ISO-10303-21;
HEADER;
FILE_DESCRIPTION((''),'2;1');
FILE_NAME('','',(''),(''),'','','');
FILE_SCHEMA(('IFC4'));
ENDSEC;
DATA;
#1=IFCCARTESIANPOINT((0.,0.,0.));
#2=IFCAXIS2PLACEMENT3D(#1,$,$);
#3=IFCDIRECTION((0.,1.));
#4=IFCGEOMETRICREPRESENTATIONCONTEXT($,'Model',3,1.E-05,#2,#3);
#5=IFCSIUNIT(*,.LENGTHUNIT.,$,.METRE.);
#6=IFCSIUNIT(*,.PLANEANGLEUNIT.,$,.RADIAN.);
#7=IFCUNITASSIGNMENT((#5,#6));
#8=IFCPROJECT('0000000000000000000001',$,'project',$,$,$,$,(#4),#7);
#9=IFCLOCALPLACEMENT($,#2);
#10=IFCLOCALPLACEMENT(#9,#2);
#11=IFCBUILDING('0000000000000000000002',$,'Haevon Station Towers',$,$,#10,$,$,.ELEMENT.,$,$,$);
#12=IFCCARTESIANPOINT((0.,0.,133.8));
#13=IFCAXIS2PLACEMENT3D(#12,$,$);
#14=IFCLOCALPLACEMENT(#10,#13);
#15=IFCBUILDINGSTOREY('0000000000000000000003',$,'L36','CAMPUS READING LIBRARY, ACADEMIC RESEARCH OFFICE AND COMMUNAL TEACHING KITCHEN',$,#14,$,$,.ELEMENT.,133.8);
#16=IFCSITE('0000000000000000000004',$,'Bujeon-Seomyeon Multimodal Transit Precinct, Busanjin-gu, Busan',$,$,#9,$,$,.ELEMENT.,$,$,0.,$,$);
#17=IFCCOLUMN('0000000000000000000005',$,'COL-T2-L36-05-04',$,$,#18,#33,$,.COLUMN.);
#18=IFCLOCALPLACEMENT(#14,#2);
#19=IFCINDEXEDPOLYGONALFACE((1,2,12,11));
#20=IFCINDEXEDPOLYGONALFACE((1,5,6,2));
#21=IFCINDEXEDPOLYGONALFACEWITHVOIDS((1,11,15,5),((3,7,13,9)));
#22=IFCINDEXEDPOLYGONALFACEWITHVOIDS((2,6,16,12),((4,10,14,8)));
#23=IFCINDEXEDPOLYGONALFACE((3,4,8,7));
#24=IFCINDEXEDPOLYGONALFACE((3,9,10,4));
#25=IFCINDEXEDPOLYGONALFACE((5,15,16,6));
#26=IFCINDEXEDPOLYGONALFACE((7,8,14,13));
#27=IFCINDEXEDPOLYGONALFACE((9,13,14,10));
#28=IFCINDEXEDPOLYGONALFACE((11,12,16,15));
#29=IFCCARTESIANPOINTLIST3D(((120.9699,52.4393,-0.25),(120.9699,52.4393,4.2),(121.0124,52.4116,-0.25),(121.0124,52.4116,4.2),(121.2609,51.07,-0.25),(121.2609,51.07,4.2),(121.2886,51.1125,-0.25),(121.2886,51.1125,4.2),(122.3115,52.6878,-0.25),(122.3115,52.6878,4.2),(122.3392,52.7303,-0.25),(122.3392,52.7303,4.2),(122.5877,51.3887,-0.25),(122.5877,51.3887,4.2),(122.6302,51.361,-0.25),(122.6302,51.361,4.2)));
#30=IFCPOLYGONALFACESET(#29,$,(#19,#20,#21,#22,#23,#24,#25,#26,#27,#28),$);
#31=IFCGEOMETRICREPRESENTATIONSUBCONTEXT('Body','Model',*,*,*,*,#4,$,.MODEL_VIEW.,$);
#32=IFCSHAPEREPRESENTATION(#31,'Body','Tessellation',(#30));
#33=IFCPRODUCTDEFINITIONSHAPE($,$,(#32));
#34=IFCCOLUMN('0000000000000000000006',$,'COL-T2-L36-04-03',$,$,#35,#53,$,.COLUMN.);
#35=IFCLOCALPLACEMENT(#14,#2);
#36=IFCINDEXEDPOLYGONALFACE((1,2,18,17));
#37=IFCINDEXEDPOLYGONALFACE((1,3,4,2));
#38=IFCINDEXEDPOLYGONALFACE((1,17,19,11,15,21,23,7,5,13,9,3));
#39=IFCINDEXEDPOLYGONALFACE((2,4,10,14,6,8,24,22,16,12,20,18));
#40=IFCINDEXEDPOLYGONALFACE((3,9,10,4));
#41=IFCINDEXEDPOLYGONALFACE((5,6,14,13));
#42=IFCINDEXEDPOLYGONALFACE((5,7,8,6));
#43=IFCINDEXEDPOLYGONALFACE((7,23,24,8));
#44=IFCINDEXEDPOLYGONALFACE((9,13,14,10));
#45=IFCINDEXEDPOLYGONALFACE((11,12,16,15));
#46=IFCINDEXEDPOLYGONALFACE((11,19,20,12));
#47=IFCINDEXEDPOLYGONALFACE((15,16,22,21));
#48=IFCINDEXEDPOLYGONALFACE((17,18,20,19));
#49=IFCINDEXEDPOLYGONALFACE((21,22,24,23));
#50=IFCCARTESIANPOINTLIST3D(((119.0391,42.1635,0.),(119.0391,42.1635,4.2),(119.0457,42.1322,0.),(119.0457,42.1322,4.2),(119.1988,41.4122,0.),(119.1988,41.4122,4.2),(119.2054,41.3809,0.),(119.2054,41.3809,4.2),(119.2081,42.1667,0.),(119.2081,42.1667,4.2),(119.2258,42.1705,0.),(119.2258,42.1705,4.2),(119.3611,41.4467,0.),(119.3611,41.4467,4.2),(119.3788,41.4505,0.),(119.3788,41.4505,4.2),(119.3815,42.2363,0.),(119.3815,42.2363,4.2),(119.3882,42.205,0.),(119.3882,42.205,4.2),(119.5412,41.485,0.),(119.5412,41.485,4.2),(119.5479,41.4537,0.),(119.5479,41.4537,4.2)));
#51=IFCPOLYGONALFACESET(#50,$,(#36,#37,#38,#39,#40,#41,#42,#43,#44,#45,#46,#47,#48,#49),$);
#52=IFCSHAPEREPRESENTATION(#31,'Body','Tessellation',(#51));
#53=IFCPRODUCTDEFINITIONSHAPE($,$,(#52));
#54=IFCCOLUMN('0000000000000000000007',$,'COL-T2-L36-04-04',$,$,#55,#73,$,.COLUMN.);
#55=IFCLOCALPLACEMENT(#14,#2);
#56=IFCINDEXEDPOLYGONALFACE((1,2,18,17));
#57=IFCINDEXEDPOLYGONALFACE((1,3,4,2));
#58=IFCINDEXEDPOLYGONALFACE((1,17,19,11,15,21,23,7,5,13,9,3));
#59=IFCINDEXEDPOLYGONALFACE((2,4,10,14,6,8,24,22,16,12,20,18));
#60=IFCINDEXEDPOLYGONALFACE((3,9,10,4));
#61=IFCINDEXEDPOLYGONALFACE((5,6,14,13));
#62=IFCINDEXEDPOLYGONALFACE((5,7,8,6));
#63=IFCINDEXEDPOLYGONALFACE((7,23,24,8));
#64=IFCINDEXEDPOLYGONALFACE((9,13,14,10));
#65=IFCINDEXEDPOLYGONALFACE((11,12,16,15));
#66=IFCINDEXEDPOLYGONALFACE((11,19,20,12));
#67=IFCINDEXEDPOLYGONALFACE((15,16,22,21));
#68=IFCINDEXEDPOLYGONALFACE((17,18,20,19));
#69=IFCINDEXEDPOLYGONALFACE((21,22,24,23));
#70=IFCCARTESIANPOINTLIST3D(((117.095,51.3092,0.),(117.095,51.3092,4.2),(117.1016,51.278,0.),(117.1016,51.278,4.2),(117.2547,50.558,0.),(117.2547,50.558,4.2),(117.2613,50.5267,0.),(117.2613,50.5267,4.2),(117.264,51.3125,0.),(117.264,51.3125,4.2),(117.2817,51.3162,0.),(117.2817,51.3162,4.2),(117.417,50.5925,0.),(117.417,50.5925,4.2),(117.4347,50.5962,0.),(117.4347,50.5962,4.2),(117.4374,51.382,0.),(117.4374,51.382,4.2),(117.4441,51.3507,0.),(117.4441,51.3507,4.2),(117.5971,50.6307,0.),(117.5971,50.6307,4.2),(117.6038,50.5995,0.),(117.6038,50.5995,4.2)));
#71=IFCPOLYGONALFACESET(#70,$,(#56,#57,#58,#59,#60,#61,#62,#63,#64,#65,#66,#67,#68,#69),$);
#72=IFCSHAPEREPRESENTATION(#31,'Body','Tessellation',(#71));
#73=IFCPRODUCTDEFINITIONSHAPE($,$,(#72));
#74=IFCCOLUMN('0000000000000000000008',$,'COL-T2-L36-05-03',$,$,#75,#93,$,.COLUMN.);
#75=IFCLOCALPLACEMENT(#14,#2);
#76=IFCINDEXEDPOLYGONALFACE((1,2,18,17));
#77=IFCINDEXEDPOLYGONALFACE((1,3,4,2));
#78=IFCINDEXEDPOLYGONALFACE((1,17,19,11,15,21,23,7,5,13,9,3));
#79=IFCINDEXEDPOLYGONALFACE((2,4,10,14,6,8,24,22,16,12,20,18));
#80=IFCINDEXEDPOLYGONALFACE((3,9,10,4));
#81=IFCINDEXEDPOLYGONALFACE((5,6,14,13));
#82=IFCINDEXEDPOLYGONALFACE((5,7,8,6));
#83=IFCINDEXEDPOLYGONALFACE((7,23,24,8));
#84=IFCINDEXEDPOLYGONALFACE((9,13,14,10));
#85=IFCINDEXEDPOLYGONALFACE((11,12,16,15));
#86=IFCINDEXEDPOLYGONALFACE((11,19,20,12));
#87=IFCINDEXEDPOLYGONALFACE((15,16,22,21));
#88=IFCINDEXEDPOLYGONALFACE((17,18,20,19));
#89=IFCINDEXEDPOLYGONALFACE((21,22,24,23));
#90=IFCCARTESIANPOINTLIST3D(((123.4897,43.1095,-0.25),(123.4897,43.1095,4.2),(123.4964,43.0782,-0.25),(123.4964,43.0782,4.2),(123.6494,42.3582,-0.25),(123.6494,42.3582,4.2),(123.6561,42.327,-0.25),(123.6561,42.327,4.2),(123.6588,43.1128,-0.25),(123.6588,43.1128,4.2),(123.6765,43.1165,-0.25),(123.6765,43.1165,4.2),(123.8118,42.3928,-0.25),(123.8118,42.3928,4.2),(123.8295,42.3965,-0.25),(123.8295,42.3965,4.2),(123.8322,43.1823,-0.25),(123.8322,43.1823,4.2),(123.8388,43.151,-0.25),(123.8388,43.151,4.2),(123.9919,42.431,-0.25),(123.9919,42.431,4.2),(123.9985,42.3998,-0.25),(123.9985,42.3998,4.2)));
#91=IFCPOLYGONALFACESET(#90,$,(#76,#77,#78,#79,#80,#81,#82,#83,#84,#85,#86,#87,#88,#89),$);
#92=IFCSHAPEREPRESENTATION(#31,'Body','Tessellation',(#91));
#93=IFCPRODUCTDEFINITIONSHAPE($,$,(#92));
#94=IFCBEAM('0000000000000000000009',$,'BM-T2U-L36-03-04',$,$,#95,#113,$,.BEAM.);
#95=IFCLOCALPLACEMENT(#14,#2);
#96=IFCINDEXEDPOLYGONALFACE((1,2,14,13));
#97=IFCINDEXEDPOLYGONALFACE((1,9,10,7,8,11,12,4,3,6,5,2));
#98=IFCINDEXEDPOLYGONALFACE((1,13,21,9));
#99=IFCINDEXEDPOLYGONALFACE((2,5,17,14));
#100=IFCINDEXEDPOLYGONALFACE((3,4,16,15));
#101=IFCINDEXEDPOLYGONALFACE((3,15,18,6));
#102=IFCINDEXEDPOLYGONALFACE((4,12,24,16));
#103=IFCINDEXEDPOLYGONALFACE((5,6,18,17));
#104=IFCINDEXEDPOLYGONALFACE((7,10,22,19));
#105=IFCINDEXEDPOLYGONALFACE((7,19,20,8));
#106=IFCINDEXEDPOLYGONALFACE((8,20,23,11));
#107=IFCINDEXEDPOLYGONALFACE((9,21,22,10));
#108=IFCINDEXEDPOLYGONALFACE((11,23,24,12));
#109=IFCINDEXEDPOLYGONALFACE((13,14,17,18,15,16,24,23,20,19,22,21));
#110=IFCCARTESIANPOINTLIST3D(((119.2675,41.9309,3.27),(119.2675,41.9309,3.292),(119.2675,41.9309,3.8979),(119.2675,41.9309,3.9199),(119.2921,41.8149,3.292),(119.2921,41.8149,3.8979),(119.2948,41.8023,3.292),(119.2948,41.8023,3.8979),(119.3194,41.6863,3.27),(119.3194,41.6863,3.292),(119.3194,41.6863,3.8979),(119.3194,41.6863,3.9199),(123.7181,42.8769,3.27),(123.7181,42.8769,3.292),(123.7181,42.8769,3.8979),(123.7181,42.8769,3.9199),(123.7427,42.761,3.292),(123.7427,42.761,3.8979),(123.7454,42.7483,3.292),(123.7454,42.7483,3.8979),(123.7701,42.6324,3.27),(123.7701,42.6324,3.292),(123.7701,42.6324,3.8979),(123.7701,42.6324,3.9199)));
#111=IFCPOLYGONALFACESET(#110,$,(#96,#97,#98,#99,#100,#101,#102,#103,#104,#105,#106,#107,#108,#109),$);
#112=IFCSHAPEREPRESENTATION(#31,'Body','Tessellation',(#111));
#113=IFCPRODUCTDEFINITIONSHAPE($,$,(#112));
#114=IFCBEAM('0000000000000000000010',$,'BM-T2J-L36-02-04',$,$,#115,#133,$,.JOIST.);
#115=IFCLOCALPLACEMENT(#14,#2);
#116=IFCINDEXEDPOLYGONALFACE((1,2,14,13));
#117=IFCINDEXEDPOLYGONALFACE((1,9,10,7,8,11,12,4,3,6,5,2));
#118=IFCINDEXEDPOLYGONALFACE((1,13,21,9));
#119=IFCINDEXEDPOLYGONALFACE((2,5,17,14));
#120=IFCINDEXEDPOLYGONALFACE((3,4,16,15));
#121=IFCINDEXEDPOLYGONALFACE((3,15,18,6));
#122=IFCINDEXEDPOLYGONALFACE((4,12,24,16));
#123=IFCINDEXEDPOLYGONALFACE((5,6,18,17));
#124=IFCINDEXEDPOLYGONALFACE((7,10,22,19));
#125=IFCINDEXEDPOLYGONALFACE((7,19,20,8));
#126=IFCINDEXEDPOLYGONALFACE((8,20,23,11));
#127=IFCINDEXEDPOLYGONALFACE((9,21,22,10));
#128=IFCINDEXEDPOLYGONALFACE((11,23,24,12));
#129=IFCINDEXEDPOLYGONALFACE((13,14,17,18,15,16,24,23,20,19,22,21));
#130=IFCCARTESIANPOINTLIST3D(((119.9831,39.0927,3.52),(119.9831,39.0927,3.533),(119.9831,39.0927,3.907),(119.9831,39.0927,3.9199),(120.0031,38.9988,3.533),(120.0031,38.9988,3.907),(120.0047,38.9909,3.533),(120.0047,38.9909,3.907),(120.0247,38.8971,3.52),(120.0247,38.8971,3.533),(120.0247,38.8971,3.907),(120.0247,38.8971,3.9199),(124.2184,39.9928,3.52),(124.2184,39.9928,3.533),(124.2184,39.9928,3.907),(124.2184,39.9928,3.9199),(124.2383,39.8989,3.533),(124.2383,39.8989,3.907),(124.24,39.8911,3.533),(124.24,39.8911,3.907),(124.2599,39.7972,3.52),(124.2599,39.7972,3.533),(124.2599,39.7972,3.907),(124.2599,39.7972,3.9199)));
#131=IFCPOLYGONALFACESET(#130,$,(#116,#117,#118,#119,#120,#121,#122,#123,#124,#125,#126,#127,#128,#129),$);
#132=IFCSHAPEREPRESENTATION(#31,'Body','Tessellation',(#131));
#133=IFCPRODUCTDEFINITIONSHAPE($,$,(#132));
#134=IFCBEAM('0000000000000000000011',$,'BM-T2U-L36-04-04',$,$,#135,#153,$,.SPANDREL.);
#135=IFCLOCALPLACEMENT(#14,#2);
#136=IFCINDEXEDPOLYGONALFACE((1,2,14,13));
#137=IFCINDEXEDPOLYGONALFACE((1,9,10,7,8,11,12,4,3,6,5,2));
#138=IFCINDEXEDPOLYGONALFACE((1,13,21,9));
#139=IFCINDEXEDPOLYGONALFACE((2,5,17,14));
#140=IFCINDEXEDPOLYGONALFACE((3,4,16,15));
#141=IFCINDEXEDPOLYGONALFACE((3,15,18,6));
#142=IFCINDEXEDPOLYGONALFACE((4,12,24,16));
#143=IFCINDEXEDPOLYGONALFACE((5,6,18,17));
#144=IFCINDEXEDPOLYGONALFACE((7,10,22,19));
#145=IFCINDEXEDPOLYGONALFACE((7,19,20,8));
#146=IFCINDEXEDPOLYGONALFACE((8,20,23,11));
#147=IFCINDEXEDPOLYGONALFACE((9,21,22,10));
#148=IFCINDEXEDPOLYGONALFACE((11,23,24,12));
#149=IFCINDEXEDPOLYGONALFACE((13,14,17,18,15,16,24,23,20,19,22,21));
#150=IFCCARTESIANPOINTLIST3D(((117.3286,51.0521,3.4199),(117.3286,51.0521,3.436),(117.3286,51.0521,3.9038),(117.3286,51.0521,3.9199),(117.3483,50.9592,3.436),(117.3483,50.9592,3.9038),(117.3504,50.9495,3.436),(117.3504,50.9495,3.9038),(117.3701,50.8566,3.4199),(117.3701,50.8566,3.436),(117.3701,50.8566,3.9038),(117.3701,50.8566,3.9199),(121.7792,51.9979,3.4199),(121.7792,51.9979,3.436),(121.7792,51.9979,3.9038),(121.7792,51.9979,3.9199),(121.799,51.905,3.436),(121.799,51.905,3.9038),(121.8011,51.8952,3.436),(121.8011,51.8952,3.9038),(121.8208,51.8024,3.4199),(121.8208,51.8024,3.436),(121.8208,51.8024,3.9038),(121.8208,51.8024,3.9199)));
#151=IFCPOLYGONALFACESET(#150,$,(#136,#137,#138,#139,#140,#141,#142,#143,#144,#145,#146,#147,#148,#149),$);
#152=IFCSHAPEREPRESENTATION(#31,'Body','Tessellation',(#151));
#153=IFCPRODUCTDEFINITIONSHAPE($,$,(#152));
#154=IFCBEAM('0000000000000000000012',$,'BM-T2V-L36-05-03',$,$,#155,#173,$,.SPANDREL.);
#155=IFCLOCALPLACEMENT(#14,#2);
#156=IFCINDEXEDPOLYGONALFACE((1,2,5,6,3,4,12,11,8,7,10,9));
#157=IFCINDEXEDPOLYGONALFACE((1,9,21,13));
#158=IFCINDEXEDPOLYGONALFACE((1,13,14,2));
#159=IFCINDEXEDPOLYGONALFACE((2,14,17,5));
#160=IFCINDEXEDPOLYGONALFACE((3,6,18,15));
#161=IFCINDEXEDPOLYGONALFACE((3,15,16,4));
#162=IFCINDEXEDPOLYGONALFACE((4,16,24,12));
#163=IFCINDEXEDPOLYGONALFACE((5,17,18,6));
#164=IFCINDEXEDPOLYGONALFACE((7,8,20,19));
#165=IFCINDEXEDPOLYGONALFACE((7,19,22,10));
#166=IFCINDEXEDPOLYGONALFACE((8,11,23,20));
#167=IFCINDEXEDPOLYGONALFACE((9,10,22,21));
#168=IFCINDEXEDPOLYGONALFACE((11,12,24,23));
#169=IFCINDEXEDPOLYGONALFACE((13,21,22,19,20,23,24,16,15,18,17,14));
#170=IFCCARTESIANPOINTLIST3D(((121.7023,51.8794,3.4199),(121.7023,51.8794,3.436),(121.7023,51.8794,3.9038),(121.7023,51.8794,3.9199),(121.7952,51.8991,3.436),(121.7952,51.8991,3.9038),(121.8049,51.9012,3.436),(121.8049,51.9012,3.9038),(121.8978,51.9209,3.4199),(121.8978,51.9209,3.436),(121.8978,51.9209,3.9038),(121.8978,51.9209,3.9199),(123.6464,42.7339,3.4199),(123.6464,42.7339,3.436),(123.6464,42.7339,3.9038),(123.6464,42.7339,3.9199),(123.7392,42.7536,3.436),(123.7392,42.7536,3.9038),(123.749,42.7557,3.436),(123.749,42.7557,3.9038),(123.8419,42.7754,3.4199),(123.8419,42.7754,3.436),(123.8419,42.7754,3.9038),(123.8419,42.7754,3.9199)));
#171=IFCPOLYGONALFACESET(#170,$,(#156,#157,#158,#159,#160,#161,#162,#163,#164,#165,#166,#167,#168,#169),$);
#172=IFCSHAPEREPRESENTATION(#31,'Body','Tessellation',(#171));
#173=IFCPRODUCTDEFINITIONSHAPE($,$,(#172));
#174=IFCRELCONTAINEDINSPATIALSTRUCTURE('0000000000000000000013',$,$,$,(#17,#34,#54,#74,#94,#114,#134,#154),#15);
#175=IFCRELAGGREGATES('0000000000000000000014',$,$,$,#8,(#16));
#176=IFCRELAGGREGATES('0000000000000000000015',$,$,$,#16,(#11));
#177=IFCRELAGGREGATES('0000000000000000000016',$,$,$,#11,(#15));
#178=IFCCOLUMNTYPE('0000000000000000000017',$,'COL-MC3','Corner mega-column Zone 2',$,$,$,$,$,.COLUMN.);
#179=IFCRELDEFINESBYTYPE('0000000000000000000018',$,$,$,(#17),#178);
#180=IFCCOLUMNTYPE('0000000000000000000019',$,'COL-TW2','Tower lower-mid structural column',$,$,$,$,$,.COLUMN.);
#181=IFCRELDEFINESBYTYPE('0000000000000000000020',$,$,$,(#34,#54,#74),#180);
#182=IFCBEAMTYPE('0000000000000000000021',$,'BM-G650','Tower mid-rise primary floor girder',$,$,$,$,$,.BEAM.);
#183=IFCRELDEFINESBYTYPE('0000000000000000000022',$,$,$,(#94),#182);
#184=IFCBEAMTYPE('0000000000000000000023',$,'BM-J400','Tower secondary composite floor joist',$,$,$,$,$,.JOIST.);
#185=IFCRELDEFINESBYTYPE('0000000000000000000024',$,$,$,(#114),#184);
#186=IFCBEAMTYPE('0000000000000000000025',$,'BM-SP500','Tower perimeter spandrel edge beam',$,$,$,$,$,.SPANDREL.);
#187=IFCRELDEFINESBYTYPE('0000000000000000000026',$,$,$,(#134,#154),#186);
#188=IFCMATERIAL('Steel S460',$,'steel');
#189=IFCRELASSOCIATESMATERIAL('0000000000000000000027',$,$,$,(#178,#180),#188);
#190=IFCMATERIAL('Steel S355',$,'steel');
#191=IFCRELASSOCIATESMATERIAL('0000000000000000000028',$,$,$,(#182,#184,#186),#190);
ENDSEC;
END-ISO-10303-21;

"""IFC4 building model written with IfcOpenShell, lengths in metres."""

from ifc_helpers import new_model, si_unit, direction, frame, origin, origin_2d, place, context, subcontext, project, spatial, hollow_rectangle, i_section, extrude, material, material_profile, profile_set, type_object, element, save


model = new_model("IFC4")

# Units and contexts
model_context = context("Model", 3, precision=1e-05, world=origin(), true_north=direction((0.0, 1.0)))
body_context = subcontext(model_context, "Body", "Model", "MODEL_VIEW")
ifc_project = project(units=[si_unit("LENGTHUNIT", "METRE"), si_unit("PLANEANGLEUNIT", "RADIAN")], contexts=[model_context])

# Site, building, storey
site_placement = place(None, origin())
site = spatial("IfcSite", under=ifc_project, at=site_placement, Name="Bujeon-Seomyeon Multimodal Transit Precinct, Busanjin-gu, Busan", CompositionType="ELEMENT", RefElevation=0.0)
building_placement = place(site_placement, origin())
building = spatial("IfcBuilding", under=site, at=building_placement, Name="Haevon Station Towers", CompositionType="ELEMENT")
storey_placement = place(building_placement, frame((0.0, 0.0, 133.8)))
storey = spatial("IfcBuildingStorey", under=building, at=storey_placement, Name="L36", Description="CAMPUS READING LIBRARY, ACADEMIC RESEARCH OFFICE AND COMMUNAL TEACHING KITCHEN", CompositionType="ELEMENT", Elevation=133.8)

# Columns
ifc_material_1 = material(Name="Steel S460", Category="steel")
ifc_material_profile_1 = material_profile(ifc_material_1, hollow_rectangle(XDim=1.3999, YDim=1.3999, WallThickness=0.0359, at=origin_2d()), Name="BOX-1400x1400x36")
ifc_profile_set_1 = profile_set([ifc_material_profile_1], Name="Steel S460")
column_type_1 = type_object("IfcColumnType", Name="COL-MC3", Description="Corner mega-column Zone 2", PredefinedType="COLUMN", material=ifc_profile_set_1)
column_1_placement = place(storey_placement, frame((121.8, 51.9001, -0.25), z_axis=(0.0, 0.0, 1.0), x_axis=(0.978148, 0.207912, 0.0)))
element("IfcColumn", 1, at=column_1_placement, inside=storey, type_object=column_type_1, Name="COL-T2-L36-05-04", PredefinedType="COLUMN", context=body_context, shape_type="SweptSolid", body=[
    extrude(hollow_rectangle(XDim=1.3999, YDim=1.3999, WallThickness=0.0359, at=origin_2d()), origin(), (0.0, 0.0, 1.0), 4.45),
])
ifc_material_profile_2 = material_profile(ifc_material_1, i_section(OverallWidth=0.3501, OverallDepth=0.8, WebThickness=0.0181, FlangeThickness=0.032, at=origin_2d()), Name="H-800x350x18x32")
ifc_profile_set_2 = profile_set([ifc_material_profile_2], Name="Steel S460")
column_type_2 = type_object("IfcColumnType", Name="COL-TW2", Description="Tower lower-mid structural column", PredefinedType="COLUMN", material=ifc_profile_set_2)
for number, where, z_axis, x_axis, name in (
    (2, (119.2935, 41.8086, 0.0), (0.0, 0.0, 1.0), (0.978148, 0.207912, 0.0), "COL-T2-L36-04-03"),
    (3, (117.3494, 50.9543, 0.0), (0.0, 0.0, 1.0), (0.978148, 0.207912, 0.0), "COL-T2-L36-04-04"),
):
    element("IfcColumn", number, at=place(storey_placement, frame(where, z_axis=z_axis, x_axis=x_axis)), inside=storey, type_object=column_type_2, Name=name, PredefinedType="COLUMN", context=body_context, shape_type="SweptSolid", body=[
        extrude(i_section(OverallWidth=0.3501, OverallDepth=0.8, WebThickness=0.0181, FlangeThickness=0.032, at=origin_2d()), origin(), (0.0, 0.0, 1.0), 4.2),
    ])
column_2_placement = place(storey_placement, frame((123.7441, 42.7546, -0.25), z_axis=(0.0, 0.0, 1.0), x_axis=(0.978148, 0.207912, 0.0)))
element("IfcColumn", 4, at=column_2_placement, inside=storey, type_object=column_type_2, Name="COL-T2-L36-05-03", PredefinedType="COLUMN", context=body_context, shape_type="SweptSolid", body=[
    extrude(i_section(OverallWidth=0.3501, OverallDepth=0.8, WebThickness=0.0181, FlangeThickness=0.032, at=origin_2d()), origin(), (0.0, 0.0, 1.0), 4.45),
])

# Beams
ifc_material_2 = material(Name="Steel S355", Category="steel")
ifc_material_profile_3 = material_profile(ifc_material_2, i_section(OverallWidth=0.25, OverallDepth=0.6499, WebThickness=0.0129, FlangeThickness=0.022, at=origin_2d()), Name="H-650x250x13x22")
ifc_profile_set_3 = profile_set([ifc_material_profile_3], Name="Steel S355")
beam_type_1 = type_object("IfcBeamType", Name="BM-G650", Description="Tower mid-rise primary floor girder", PredefinedType="BEAM", material=ifc_profile_set_3)
beam_1_placement = place(storey_placement, frame((119.2935, 41.8086, 3.595), z_axis=(0.978147, 0.207917, 0.0), x_axis=(-0.207917, 0.978147, 0.0)))
element("IfcBeam", 5, at=beam_1_placement, inside=storey, type_object=beam_type_1, Name="BM-T2U-L36-03-04", PredefinedType="BEAM", context=body_context, shape_type="SweptSolid", body=[
    extrude(i_section(OverallWidth=0.25, OverallDepth=0.6499, WebThickness=0.0129, FlangeThickness=0.022, at=origin_2d()), origin(), (0.0, 0.0, 1.0), 4.55),
])
ifc_material_profile_4 = material_profile(ifc_material_2, i_section(OverallWidth=0.2, OverallDepth=0.3999, WebThickness=0.0081, FlangeThickness=0.0129, at=origin_2d()), Name="H-400x200x8x13")
ifc_profile_set_4 = profile_set([ifc_material_profile_4], Name="Steel S355")
beam_type_2 = type_object("IfcBeamType", Name="BM-J400", Description="Tower secondary composite floor joist", PredefinedType="JOIST", material=ifc_profile_set_4)
beam_2_placement = place(storey_placement, frame((120.0039, 38.9949, 3.72), z_axis=(0.978153, 0.207888, 0.0), x_axis=(-0.207888, 0.978153, 0.0)))
element("IfcBeam", 6, at=beam_2_placement, inside=storey, type_object=beam_type_2, Name="BM-T2J-L36-02-04", PredefinedType="JOIST", context=body_context, shape_type="SweptSolid", body=[
    extrude(i_section(OverallWidth=0.2, OverallDepth=0.3999, WebThickness=0.0081, FlangeThickness=0.0129, at=origin_2d()), origin(), (0.0, 0.0, 1.0), 4.3298),
])
ifc_material_profile_5 = material_profile(ifc_material_2, i_section(OverallWidth=0.2, OverallDepth=0.5, WebThickness=0.01, FlangeThickness=0.0161, at=origin_2d()), Name="H-500x200x10x16")
ifc_profile_set_5 = profile_set([ifc_material_profile_5], Name="Steel S355")
beam_type_3 = type_object("IfcBeamType", Name="BM-SP500", Description="Tower perimeter spandrel edge beam", PredefinedType="SPANDREL", material=ifc_profile_set_5)
beam_3_placement = place(storey_placement, frame((117.3494, 50.9543, 3.6699), z_axis=(0.978157, 0.207865, 0.0), x_axis=(-0.207865, 0.978157, 0.0)))
element("IfcBeam", 7, at=beam_3_placement, inside=storey, type_object=beam_type_3, Name="BM-T2U-L36-04-04", PredefinedType="SPANDREL", context=body_context, shape_type="SweptSolid", body=[
    extrude(i_section(OverallWidth=0.2, OverallDepth=0.5, WebThickness=0.01, FlangeThickness=0.0161, at=origin_2d()), origin(), (0.0, 0.0, 1.0), 4.55),
])
beam_4_placement = place(storey_placement, frame((123.7441, 42.7546, 3.6699), z_axis=(-0.207927, 0.978144, 0.0), x_axis=(-0.978144, -0.207927, 0.0)))
element("IfcBeam", 8, at=beam_4_placement, inside=storey, type_object=beam_type_3, Name="BM-T2V-L36-05-03", PredefinedType="SPANDREL", context=body_context, shape_type="SweptSolid", body=[
    extrude(i_section(OverallWidth=0.2, OverallDepth=0.5, WebThickness=0.01, FlangeThickness=0.0161, at=origin_2d()), origin(), (0.0, 0.0, 1.0), 9.3499),
])

save(model, "model.ifc")
